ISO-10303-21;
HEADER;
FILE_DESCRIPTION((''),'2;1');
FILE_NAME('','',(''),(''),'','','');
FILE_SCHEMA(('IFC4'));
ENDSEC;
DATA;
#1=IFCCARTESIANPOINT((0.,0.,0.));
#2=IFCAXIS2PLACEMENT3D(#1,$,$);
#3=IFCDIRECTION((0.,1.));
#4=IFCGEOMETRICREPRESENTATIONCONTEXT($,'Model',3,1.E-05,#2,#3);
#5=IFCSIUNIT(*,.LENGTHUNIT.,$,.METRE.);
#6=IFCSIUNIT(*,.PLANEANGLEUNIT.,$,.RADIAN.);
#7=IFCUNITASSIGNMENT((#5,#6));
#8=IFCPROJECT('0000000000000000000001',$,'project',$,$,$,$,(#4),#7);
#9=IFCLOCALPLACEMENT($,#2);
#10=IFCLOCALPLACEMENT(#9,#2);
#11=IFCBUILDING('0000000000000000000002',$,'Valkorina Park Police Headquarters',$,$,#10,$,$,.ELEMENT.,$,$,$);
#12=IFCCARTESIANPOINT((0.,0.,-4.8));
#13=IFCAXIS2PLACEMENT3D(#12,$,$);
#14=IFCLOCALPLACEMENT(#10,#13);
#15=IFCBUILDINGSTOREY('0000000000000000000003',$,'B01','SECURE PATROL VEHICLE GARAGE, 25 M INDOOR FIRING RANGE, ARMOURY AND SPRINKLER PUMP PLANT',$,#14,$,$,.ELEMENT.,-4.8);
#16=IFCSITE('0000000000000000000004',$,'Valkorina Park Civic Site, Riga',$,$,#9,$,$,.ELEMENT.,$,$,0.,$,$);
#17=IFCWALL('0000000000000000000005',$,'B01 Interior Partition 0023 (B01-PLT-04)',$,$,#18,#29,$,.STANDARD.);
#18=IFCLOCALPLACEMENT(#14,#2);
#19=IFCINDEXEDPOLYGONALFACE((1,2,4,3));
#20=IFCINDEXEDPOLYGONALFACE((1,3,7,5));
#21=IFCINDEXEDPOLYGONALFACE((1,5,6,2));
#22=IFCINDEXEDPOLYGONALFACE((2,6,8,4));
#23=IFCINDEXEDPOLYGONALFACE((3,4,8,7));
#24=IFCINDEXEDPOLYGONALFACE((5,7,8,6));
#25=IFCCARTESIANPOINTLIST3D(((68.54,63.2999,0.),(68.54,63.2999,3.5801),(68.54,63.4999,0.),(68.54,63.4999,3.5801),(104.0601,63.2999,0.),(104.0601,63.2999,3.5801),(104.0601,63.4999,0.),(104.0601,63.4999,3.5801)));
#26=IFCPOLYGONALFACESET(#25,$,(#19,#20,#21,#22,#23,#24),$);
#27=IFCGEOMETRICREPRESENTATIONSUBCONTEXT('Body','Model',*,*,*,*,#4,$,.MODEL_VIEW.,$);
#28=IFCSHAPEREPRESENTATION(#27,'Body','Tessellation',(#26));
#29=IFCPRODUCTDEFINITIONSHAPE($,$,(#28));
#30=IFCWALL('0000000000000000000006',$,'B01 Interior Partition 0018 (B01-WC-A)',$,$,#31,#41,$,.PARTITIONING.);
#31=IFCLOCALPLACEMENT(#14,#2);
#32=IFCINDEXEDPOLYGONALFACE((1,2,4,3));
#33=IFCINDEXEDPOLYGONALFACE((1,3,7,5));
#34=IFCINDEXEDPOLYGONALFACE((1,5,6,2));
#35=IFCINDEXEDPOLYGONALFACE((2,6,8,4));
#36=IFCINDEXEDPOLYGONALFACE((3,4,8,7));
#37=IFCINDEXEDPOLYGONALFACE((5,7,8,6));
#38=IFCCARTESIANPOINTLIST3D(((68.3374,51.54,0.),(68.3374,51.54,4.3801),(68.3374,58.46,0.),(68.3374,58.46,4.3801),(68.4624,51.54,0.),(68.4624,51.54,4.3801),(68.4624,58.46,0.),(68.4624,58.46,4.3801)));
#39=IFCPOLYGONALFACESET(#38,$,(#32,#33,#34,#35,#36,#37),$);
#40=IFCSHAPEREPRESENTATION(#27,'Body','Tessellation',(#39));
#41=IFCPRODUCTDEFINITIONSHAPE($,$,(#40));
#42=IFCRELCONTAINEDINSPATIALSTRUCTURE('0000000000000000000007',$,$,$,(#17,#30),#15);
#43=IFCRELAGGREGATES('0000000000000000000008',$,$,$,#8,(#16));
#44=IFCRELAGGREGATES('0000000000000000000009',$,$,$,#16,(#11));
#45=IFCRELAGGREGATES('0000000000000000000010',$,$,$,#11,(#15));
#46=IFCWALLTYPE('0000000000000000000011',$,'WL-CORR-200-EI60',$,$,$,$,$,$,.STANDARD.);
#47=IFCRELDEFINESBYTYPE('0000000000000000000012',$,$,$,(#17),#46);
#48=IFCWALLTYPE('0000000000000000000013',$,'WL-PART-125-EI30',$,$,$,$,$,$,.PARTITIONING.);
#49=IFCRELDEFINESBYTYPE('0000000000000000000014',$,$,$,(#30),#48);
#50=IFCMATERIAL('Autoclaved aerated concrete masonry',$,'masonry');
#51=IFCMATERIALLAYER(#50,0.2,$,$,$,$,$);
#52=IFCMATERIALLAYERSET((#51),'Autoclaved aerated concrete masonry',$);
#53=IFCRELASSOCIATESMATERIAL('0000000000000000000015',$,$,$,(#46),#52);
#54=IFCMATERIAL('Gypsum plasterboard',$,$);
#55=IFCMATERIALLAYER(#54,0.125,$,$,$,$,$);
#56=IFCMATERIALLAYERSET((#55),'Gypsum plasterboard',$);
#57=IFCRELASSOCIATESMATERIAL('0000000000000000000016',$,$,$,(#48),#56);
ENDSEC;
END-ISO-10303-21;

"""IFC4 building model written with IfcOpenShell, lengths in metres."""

from ifc_helpers import new_model, si_unit, direction, frame, frame_2d, origin, place, context, subcontext, project, spatial, rectangle, extrude, material, layer, layer_set, type_object, element, save


model = new_model("IFC4")

# Units and contexts
model_context = context("Model", 3, precision=1e-05, world=origin(), true_north=direction((0.0, 1.0)))
body_context = subcontext(model_context, "Body", "Model", "MODEL_VIEW")
ifc_project = project(units=[si_unit("LENGTHUNIT", "METRE"), si_unit("PLANEANGLEUNIT", "RADIAN")], contexts=[model_context])

# Site, building, storey
site_placement = place(None, origin())
site = spatial("IfcSite", under=ifc_project, at=site_placement, Name="Valkorina Park Civic Site, Riga", CompositionType="ELEMENT", RefElevation=0.0)
building_placement = place(site_placement, origin())
building = spatial("IfcBuilding", under=site, at=building_placement, Name="Valkorina Park Police Headquarters", CompositionType="ELEMENT")
storey_placement = place(building_placement, frame((0.0, 0.0, -4.8)))
storey = spatial("IfcBuildingStorey", under=building, at=storey_placement, Name="B01", Description="SECURE PATROL VEHICLE GARAGE, 25 M INDOOR FIRING RANGE, ARMOURY AND SPRINKLER PUMP PLANT", CompositionType="ELEMENT", Elevation=-4.8)

# Shared definitions
ifc_material_1 = material(Name="Autoclaved aerated concrete masonry", Category="masonry")
ifc_layer_1 = layer(ifc_material_1, 0.2)
ifc_layer_set_1 = layer_set([ifc_layer_1], Name="Autoclaved aerated concrete masonry")
wall_type_1 = type_object("IfcWallType", Name="WL-CORR-200-EI60", PredefinedType="STANDARD", material=ifc_layer_set_1)

# Walls
wall_1_placement = place(storey_placement, frame((68.54, 63.3999, 0.0), z_axis=(0.0, 0.0, 1.0), x_axis=(1.0, 0.0, 0.0)))
element("IfcWall", 1, at=wall_1_placement, inside=storey, type_object=wall_type_1, Name="B01 Interior Partition 0023 (B01-PLT-04)", PredefinedType="STANDARD", context=body_context, shape_type="SweptSolid", body=[
    extrude(rectangle(XDim=35.52, YDim=0.2, at=frame_2d((17.76, 0.0))), origin(), (0.0, 0.0, 1.0), 3.5801),
])
ifc_material_2 = material(Name="Gypsum plasterboard")
ifc_layer_2 = layer(ifc_material_2, 0.125)
ifc_layer_set_2 = layer_set([ifc_layer_2], Name="Gypsum plasterboard")
wall_type_2 = type_object("IfcWallType", Name="WL-PART-125-EI30", PredefinedType="PARTITIONING", material=ifc_layer_set_2)
wall_2_placement = place(storey_placement, frame((68.3999, 51.54, 0.0), z_axis=(0.0, 0.0, 1.0), x_axis=(0.0, 1.0, 0.0)))
element("IfcWall", 2, at=wall_2_placement, inside=storey, type_object=wall_type_2, Name="B01 Interior Partition 0018 (B01-WC-A)", PredefinedType="PARTITIONING", context=body_context, shape_type="SweptSolid", body=[
    extrude(rectangle(XDim=6.9199, YDim=0.125, at=frame_2d((3.46, 0.0))), origin(), (0.0, 0.0, 1.0), 4.3801),
])

save(model, "model.ifc")
